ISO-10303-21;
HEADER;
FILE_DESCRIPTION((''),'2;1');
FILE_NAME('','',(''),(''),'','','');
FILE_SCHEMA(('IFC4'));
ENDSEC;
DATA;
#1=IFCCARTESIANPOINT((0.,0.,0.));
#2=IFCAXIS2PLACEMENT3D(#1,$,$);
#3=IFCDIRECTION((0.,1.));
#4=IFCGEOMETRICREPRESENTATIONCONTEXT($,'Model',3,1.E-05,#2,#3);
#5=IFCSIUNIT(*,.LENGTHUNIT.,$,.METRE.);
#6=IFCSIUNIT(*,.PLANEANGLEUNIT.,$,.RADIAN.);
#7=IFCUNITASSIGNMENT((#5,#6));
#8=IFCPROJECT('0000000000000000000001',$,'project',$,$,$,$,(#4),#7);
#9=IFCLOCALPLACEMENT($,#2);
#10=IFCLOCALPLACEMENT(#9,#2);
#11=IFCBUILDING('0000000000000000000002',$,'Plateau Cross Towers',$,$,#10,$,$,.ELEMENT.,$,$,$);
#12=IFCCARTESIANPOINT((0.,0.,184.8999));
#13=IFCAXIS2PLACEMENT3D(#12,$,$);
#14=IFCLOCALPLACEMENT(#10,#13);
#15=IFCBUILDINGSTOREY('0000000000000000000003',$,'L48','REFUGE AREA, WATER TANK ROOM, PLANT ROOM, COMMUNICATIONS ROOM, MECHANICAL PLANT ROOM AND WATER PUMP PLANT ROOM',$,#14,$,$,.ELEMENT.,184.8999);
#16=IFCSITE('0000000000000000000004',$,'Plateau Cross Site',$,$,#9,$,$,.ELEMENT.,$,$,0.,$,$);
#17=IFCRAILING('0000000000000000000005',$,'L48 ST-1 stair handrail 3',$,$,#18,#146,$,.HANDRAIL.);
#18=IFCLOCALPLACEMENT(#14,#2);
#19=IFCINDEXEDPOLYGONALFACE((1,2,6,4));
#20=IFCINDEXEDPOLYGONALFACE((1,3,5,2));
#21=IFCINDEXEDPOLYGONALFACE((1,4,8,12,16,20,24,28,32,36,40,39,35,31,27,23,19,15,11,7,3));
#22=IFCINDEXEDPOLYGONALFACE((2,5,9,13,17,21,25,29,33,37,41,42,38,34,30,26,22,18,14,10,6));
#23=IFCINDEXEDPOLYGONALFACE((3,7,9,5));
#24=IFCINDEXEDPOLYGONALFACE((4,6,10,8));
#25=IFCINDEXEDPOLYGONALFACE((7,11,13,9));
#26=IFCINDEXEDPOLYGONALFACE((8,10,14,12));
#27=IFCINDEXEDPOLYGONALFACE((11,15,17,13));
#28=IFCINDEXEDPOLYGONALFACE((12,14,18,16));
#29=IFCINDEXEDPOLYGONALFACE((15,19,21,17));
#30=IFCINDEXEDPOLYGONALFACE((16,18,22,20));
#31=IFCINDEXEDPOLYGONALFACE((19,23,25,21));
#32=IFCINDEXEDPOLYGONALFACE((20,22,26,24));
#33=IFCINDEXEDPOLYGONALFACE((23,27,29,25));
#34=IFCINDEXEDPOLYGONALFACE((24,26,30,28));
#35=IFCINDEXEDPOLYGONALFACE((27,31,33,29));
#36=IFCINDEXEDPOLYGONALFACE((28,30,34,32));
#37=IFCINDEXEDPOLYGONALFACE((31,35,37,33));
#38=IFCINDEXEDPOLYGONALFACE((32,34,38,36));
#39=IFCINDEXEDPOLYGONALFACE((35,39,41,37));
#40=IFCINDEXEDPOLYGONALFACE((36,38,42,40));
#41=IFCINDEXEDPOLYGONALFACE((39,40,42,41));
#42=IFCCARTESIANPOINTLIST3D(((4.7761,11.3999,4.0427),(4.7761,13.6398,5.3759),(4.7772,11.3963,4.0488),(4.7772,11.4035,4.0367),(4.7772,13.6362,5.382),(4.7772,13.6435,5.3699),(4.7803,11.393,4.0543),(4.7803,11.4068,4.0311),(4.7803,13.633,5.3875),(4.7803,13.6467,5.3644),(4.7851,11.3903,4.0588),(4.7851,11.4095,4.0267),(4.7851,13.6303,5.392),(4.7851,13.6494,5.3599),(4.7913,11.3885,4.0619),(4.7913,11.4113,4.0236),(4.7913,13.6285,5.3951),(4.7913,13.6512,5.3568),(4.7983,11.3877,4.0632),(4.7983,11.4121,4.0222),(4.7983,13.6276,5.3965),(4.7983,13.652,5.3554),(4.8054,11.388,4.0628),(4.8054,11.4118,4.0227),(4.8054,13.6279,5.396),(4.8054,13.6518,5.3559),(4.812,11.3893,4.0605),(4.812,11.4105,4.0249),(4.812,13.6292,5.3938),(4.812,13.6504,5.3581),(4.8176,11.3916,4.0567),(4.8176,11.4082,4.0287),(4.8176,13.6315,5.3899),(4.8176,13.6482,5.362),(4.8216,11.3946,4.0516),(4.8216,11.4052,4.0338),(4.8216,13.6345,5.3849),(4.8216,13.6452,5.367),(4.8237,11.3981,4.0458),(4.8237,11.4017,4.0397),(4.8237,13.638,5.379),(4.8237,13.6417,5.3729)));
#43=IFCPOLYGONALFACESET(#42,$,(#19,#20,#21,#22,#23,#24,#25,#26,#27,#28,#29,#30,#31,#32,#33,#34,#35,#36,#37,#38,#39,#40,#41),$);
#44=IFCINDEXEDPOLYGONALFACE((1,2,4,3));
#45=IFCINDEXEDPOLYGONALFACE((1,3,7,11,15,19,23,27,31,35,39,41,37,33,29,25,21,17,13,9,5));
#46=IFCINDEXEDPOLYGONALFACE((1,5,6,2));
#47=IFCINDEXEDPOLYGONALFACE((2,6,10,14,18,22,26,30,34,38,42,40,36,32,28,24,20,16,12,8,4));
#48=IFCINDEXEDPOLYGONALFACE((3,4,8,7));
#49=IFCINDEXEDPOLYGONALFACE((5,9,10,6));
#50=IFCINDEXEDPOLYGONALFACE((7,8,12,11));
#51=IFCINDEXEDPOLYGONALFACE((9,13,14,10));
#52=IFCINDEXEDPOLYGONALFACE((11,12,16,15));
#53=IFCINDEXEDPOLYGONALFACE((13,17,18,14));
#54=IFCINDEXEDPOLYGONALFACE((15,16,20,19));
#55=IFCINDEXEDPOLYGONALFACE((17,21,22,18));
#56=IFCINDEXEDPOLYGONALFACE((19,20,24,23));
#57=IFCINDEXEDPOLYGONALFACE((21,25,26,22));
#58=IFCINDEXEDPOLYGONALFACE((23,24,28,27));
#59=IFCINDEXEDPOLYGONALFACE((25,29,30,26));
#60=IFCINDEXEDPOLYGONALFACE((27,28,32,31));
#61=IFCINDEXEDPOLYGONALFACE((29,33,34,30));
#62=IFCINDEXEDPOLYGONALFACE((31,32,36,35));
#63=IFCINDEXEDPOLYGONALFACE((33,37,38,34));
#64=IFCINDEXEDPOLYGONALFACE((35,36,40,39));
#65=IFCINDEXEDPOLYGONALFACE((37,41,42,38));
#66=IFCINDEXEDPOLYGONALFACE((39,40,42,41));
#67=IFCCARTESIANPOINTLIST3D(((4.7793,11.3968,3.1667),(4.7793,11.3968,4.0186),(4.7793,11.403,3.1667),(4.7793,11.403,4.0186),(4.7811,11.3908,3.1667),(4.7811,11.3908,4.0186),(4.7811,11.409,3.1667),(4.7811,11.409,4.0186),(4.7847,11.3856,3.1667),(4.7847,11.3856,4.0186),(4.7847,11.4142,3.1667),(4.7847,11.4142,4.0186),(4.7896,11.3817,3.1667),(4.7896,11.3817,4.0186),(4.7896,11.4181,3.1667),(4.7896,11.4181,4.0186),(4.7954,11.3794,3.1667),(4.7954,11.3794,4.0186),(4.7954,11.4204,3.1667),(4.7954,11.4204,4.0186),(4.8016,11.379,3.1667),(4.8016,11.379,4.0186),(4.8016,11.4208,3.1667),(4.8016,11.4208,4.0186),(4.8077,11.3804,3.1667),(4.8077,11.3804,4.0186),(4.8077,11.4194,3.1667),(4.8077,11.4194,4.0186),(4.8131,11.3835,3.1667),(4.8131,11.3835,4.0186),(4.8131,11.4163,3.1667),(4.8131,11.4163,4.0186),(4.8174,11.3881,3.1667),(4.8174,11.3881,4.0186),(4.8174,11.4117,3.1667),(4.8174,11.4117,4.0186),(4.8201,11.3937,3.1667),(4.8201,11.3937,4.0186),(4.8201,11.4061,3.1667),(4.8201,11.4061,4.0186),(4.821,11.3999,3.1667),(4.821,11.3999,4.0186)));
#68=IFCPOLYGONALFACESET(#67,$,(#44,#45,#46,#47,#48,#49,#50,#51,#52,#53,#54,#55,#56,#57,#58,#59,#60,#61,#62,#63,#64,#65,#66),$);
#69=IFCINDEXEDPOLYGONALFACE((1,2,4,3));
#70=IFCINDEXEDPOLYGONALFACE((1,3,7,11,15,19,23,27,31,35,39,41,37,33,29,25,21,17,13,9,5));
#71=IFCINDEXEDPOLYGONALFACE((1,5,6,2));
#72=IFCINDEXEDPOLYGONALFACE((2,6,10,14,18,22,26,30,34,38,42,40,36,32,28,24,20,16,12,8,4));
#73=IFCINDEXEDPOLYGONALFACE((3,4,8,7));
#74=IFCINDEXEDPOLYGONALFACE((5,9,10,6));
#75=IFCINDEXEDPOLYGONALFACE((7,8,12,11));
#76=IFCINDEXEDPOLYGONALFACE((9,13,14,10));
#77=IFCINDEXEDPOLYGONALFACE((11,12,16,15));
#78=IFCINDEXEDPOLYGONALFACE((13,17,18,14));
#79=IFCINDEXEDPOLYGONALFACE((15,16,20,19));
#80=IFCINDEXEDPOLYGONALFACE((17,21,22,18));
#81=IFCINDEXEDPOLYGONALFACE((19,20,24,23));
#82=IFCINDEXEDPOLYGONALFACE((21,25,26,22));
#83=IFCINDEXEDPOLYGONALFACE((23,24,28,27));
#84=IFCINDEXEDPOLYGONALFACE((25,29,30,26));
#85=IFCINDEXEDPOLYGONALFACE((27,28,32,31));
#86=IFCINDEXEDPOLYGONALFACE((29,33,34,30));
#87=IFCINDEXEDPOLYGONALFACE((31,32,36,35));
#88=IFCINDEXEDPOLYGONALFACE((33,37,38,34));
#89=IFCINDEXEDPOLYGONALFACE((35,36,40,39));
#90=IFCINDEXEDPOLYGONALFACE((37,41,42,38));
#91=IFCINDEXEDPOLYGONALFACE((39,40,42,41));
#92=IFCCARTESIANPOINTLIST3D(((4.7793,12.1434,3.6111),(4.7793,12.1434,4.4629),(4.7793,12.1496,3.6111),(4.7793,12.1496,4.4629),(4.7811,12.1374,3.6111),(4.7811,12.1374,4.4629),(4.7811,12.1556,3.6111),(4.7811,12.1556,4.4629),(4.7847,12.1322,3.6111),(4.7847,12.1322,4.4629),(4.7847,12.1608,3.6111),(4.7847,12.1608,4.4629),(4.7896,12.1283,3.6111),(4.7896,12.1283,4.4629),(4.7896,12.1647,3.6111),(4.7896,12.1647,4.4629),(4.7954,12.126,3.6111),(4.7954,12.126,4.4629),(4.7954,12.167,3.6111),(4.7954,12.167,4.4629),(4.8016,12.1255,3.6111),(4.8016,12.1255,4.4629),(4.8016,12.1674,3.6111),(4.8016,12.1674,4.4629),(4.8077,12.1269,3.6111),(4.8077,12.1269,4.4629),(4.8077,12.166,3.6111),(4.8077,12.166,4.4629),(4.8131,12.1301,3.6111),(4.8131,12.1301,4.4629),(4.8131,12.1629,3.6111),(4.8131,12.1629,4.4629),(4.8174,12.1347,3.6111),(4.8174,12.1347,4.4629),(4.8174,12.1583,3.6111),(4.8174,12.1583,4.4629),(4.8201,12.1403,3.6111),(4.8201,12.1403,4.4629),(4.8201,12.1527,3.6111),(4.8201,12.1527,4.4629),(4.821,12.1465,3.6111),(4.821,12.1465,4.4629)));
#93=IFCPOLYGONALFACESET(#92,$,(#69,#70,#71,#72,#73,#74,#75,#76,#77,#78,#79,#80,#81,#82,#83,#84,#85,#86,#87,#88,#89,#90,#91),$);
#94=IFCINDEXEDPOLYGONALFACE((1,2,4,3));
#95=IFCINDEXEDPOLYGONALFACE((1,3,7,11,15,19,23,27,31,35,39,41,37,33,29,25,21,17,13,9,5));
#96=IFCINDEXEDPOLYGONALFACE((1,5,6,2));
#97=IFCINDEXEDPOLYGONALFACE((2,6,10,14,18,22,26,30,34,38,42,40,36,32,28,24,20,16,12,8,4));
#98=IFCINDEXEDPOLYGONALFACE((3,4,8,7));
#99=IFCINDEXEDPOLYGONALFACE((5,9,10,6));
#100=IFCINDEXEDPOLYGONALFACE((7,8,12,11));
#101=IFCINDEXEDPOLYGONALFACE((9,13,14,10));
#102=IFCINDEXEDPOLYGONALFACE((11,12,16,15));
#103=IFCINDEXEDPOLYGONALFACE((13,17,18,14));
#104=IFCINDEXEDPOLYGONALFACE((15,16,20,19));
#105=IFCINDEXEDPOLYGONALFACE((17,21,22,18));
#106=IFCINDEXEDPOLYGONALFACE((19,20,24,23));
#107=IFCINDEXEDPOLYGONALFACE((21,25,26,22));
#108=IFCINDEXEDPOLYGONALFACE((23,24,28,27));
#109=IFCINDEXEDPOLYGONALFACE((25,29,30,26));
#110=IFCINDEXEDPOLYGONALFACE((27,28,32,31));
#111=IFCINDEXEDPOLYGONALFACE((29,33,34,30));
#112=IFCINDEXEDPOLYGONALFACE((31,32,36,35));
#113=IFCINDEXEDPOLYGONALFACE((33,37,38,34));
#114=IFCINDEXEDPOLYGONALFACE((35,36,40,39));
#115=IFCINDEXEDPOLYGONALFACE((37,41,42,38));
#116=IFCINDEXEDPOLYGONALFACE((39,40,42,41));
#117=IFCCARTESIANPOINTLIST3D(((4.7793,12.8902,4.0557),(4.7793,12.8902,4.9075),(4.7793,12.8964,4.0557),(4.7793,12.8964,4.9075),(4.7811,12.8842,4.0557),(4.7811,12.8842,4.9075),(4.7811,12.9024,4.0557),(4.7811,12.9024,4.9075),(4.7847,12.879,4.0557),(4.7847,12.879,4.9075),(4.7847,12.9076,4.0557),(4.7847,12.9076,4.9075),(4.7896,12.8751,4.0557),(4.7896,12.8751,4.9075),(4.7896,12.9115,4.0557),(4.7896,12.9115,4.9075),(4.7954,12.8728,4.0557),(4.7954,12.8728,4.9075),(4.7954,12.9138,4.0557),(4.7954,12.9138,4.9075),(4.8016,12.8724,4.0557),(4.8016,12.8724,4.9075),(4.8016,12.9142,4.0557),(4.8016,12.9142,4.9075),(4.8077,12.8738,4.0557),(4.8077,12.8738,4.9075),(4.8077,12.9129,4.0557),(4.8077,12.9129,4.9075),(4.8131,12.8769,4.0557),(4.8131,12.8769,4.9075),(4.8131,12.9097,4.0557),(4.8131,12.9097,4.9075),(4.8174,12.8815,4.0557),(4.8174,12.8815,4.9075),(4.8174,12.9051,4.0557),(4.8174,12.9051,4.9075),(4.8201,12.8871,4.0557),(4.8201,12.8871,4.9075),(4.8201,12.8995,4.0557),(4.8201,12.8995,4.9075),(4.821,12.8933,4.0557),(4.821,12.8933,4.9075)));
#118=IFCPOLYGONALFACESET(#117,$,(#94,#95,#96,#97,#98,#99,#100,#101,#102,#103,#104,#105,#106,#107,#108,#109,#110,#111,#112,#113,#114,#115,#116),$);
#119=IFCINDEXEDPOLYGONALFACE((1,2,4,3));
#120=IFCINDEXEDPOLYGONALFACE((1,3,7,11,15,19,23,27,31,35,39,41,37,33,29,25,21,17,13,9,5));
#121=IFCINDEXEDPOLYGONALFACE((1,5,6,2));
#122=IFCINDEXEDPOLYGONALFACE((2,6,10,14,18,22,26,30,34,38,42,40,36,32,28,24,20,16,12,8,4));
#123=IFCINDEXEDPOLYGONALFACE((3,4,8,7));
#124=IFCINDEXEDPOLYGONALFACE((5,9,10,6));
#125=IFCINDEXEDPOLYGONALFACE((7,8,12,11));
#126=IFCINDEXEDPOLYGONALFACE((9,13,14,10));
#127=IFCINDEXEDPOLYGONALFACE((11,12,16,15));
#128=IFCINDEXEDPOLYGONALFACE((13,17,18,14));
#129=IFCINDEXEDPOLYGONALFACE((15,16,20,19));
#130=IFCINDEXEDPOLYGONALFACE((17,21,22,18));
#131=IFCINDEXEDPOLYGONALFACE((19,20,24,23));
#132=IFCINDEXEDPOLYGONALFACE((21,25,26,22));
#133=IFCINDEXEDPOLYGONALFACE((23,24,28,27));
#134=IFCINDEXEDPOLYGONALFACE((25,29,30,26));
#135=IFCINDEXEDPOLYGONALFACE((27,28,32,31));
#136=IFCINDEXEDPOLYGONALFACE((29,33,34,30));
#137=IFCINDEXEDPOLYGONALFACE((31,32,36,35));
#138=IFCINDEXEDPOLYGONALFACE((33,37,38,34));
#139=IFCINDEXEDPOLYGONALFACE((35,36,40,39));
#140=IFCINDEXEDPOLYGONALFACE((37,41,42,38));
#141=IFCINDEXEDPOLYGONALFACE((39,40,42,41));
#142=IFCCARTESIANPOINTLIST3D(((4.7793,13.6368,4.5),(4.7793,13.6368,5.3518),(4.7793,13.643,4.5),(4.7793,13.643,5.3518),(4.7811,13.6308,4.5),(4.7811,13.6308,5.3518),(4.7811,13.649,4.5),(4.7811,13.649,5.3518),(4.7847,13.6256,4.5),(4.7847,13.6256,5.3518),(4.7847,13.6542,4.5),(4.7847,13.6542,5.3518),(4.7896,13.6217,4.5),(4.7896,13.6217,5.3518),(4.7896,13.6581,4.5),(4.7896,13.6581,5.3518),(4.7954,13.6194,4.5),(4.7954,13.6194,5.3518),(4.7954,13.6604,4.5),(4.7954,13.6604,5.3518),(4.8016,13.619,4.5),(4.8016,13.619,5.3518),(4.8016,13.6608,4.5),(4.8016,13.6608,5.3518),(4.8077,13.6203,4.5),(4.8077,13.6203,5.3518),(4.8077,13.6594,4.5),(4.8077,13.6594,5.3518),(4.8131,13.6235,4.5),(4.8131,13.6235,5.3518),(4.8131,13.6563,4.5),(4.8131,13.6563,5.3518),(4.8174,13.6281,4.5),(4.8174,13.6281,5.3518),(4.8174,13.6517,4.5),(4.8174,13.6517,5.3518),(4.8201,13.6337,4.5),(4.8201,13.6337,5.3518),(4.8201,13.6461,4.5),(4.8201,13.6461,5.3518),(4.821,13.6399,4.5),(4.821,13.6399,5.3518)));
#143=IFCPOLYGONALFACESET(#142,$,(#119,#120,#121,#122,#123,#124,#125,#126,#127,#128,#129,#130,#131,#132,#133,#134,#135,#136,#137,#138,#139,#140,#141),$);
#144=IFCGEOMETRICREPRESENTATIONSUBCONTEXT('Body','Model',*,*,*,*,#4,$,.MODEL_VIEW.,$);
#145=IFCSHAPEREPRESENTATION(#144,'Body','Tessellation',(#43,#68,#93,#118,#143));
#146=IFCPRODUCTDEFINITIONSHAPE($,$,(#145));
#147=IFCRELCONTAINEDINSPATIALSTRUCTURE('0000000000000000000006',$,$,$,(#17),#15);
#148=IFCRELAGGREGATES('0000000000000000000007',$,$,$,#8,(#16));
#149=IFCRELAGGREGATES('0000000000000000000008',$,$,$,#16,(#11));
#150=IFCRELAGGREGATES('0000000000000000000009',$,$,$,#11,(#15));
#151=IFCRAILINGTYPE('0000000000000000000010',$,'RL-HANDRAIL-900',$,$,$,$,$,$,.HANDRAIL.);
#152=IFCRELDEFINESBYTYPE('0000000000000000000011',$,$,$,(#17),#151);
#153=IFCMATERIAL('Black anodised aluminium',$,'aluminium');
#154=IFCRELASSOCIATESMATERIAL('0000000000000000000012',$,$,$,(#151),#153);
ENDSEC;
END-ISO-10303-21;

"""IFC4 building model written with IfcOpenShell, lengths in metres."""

from ifc_helpers import new_model, si_unit, direction, frame, origin, origin_2d, place, context, subcontext, project, spatial, circle, extrude, material, type_object, element, save


model = new_model("IFC4")

# Units and contexts
model_context = context("Model", 3, precision=1e-05, world=origin(), true_north=direction((0.0, 1.0)))
body_context = subcontext(model_context, "Body", "Model", "MODEL_VIEW")
ifc_project = project(units=[si_unit("LENGTHUNIT", "METRE"), si_unit("PLANEANGLEUNIT", "RADIAN")], contexts=[model_context])

# Site, building, storey
site_placement = place(None, origin())
site = spatial("IfcSite", under=ifc_project, at=site_placement, Name="Plateau Cross Site", CompositionType="ELEMENT", RefElevation=0.0)
building_placement = place(site_placement, origin())
building = spatial("IfcBuilding", under=site, at=building_placement, Name="Plateau Cross Towers", CompositionType="ELEMENT")
storey_placement = place(building_placement, frame((0.0, 0.0, 184.8999)))
storey = spatial("IfcBuildingStorey", under=building, at=storey_placement, Name="L48", Description="REFUGE AREA, WATER TANK ROOM, PLANT ROOM, COMMUNICATIONS ROOM, MECHANICAL PLANT ROOM AND WATER PUMP PLANT ROOM", CompositionType="ELEMENT", Elevation=184.8999)

# Shared definitions
ifc_material_1 = material(Name="Black anodised aluminium", Category="aluminium")

# Railing
railing_type_1 = type_object("IfcRailingType", Name="RL-HANDRAIL-900", PredefinedType="HANDRAIL", material=ifc_material_1)
railing_1_placement = place(storey_placement, frame((4.8, 11.3999, 3.1667)))
element("IfcRailing", 1, at=railing_1_placement, inside=storey, type_object=railing_type_1, Name="L48 ST-1 stair handrail 3", PredefinedType="HANDRAIL", context=body_context, shape_type="SweptSolid", body=[
    extrude(circle(Radius=0.0239, at=origin_2d()), frame((0.0, 0.0, 0.876), z_axis=(0.0, 0.859306, 0.511462), x_axis=(-1.0, 0.0, 0.0)), (0.0, 0.0, 1.0), 2.6067),
    extrude(circle(Radius=0.021, at=origin_2d()), origin(), (0.0, 0.0, 1.0), 0.8518),
    extrude(circle(Radius=0.021, at=origin_2d()), frame((0.0, 0.7466, 0.4443)), (0.0, 0.0, 1.0), 0.8518),
    extrude(circle(Radius=0.021, at=origin_2d()), frame((0.0, 1.4934, 0.8889)), (0.0, 0.0, 1.0), 0.8518),
    extrude(circle(Radius=0.021, at=origin_2d()), frame((0.0, 2.24, 1.3333)), (0.0, 0.0, 1.0), 0.8518),
])

save(model, "model.ifc")
